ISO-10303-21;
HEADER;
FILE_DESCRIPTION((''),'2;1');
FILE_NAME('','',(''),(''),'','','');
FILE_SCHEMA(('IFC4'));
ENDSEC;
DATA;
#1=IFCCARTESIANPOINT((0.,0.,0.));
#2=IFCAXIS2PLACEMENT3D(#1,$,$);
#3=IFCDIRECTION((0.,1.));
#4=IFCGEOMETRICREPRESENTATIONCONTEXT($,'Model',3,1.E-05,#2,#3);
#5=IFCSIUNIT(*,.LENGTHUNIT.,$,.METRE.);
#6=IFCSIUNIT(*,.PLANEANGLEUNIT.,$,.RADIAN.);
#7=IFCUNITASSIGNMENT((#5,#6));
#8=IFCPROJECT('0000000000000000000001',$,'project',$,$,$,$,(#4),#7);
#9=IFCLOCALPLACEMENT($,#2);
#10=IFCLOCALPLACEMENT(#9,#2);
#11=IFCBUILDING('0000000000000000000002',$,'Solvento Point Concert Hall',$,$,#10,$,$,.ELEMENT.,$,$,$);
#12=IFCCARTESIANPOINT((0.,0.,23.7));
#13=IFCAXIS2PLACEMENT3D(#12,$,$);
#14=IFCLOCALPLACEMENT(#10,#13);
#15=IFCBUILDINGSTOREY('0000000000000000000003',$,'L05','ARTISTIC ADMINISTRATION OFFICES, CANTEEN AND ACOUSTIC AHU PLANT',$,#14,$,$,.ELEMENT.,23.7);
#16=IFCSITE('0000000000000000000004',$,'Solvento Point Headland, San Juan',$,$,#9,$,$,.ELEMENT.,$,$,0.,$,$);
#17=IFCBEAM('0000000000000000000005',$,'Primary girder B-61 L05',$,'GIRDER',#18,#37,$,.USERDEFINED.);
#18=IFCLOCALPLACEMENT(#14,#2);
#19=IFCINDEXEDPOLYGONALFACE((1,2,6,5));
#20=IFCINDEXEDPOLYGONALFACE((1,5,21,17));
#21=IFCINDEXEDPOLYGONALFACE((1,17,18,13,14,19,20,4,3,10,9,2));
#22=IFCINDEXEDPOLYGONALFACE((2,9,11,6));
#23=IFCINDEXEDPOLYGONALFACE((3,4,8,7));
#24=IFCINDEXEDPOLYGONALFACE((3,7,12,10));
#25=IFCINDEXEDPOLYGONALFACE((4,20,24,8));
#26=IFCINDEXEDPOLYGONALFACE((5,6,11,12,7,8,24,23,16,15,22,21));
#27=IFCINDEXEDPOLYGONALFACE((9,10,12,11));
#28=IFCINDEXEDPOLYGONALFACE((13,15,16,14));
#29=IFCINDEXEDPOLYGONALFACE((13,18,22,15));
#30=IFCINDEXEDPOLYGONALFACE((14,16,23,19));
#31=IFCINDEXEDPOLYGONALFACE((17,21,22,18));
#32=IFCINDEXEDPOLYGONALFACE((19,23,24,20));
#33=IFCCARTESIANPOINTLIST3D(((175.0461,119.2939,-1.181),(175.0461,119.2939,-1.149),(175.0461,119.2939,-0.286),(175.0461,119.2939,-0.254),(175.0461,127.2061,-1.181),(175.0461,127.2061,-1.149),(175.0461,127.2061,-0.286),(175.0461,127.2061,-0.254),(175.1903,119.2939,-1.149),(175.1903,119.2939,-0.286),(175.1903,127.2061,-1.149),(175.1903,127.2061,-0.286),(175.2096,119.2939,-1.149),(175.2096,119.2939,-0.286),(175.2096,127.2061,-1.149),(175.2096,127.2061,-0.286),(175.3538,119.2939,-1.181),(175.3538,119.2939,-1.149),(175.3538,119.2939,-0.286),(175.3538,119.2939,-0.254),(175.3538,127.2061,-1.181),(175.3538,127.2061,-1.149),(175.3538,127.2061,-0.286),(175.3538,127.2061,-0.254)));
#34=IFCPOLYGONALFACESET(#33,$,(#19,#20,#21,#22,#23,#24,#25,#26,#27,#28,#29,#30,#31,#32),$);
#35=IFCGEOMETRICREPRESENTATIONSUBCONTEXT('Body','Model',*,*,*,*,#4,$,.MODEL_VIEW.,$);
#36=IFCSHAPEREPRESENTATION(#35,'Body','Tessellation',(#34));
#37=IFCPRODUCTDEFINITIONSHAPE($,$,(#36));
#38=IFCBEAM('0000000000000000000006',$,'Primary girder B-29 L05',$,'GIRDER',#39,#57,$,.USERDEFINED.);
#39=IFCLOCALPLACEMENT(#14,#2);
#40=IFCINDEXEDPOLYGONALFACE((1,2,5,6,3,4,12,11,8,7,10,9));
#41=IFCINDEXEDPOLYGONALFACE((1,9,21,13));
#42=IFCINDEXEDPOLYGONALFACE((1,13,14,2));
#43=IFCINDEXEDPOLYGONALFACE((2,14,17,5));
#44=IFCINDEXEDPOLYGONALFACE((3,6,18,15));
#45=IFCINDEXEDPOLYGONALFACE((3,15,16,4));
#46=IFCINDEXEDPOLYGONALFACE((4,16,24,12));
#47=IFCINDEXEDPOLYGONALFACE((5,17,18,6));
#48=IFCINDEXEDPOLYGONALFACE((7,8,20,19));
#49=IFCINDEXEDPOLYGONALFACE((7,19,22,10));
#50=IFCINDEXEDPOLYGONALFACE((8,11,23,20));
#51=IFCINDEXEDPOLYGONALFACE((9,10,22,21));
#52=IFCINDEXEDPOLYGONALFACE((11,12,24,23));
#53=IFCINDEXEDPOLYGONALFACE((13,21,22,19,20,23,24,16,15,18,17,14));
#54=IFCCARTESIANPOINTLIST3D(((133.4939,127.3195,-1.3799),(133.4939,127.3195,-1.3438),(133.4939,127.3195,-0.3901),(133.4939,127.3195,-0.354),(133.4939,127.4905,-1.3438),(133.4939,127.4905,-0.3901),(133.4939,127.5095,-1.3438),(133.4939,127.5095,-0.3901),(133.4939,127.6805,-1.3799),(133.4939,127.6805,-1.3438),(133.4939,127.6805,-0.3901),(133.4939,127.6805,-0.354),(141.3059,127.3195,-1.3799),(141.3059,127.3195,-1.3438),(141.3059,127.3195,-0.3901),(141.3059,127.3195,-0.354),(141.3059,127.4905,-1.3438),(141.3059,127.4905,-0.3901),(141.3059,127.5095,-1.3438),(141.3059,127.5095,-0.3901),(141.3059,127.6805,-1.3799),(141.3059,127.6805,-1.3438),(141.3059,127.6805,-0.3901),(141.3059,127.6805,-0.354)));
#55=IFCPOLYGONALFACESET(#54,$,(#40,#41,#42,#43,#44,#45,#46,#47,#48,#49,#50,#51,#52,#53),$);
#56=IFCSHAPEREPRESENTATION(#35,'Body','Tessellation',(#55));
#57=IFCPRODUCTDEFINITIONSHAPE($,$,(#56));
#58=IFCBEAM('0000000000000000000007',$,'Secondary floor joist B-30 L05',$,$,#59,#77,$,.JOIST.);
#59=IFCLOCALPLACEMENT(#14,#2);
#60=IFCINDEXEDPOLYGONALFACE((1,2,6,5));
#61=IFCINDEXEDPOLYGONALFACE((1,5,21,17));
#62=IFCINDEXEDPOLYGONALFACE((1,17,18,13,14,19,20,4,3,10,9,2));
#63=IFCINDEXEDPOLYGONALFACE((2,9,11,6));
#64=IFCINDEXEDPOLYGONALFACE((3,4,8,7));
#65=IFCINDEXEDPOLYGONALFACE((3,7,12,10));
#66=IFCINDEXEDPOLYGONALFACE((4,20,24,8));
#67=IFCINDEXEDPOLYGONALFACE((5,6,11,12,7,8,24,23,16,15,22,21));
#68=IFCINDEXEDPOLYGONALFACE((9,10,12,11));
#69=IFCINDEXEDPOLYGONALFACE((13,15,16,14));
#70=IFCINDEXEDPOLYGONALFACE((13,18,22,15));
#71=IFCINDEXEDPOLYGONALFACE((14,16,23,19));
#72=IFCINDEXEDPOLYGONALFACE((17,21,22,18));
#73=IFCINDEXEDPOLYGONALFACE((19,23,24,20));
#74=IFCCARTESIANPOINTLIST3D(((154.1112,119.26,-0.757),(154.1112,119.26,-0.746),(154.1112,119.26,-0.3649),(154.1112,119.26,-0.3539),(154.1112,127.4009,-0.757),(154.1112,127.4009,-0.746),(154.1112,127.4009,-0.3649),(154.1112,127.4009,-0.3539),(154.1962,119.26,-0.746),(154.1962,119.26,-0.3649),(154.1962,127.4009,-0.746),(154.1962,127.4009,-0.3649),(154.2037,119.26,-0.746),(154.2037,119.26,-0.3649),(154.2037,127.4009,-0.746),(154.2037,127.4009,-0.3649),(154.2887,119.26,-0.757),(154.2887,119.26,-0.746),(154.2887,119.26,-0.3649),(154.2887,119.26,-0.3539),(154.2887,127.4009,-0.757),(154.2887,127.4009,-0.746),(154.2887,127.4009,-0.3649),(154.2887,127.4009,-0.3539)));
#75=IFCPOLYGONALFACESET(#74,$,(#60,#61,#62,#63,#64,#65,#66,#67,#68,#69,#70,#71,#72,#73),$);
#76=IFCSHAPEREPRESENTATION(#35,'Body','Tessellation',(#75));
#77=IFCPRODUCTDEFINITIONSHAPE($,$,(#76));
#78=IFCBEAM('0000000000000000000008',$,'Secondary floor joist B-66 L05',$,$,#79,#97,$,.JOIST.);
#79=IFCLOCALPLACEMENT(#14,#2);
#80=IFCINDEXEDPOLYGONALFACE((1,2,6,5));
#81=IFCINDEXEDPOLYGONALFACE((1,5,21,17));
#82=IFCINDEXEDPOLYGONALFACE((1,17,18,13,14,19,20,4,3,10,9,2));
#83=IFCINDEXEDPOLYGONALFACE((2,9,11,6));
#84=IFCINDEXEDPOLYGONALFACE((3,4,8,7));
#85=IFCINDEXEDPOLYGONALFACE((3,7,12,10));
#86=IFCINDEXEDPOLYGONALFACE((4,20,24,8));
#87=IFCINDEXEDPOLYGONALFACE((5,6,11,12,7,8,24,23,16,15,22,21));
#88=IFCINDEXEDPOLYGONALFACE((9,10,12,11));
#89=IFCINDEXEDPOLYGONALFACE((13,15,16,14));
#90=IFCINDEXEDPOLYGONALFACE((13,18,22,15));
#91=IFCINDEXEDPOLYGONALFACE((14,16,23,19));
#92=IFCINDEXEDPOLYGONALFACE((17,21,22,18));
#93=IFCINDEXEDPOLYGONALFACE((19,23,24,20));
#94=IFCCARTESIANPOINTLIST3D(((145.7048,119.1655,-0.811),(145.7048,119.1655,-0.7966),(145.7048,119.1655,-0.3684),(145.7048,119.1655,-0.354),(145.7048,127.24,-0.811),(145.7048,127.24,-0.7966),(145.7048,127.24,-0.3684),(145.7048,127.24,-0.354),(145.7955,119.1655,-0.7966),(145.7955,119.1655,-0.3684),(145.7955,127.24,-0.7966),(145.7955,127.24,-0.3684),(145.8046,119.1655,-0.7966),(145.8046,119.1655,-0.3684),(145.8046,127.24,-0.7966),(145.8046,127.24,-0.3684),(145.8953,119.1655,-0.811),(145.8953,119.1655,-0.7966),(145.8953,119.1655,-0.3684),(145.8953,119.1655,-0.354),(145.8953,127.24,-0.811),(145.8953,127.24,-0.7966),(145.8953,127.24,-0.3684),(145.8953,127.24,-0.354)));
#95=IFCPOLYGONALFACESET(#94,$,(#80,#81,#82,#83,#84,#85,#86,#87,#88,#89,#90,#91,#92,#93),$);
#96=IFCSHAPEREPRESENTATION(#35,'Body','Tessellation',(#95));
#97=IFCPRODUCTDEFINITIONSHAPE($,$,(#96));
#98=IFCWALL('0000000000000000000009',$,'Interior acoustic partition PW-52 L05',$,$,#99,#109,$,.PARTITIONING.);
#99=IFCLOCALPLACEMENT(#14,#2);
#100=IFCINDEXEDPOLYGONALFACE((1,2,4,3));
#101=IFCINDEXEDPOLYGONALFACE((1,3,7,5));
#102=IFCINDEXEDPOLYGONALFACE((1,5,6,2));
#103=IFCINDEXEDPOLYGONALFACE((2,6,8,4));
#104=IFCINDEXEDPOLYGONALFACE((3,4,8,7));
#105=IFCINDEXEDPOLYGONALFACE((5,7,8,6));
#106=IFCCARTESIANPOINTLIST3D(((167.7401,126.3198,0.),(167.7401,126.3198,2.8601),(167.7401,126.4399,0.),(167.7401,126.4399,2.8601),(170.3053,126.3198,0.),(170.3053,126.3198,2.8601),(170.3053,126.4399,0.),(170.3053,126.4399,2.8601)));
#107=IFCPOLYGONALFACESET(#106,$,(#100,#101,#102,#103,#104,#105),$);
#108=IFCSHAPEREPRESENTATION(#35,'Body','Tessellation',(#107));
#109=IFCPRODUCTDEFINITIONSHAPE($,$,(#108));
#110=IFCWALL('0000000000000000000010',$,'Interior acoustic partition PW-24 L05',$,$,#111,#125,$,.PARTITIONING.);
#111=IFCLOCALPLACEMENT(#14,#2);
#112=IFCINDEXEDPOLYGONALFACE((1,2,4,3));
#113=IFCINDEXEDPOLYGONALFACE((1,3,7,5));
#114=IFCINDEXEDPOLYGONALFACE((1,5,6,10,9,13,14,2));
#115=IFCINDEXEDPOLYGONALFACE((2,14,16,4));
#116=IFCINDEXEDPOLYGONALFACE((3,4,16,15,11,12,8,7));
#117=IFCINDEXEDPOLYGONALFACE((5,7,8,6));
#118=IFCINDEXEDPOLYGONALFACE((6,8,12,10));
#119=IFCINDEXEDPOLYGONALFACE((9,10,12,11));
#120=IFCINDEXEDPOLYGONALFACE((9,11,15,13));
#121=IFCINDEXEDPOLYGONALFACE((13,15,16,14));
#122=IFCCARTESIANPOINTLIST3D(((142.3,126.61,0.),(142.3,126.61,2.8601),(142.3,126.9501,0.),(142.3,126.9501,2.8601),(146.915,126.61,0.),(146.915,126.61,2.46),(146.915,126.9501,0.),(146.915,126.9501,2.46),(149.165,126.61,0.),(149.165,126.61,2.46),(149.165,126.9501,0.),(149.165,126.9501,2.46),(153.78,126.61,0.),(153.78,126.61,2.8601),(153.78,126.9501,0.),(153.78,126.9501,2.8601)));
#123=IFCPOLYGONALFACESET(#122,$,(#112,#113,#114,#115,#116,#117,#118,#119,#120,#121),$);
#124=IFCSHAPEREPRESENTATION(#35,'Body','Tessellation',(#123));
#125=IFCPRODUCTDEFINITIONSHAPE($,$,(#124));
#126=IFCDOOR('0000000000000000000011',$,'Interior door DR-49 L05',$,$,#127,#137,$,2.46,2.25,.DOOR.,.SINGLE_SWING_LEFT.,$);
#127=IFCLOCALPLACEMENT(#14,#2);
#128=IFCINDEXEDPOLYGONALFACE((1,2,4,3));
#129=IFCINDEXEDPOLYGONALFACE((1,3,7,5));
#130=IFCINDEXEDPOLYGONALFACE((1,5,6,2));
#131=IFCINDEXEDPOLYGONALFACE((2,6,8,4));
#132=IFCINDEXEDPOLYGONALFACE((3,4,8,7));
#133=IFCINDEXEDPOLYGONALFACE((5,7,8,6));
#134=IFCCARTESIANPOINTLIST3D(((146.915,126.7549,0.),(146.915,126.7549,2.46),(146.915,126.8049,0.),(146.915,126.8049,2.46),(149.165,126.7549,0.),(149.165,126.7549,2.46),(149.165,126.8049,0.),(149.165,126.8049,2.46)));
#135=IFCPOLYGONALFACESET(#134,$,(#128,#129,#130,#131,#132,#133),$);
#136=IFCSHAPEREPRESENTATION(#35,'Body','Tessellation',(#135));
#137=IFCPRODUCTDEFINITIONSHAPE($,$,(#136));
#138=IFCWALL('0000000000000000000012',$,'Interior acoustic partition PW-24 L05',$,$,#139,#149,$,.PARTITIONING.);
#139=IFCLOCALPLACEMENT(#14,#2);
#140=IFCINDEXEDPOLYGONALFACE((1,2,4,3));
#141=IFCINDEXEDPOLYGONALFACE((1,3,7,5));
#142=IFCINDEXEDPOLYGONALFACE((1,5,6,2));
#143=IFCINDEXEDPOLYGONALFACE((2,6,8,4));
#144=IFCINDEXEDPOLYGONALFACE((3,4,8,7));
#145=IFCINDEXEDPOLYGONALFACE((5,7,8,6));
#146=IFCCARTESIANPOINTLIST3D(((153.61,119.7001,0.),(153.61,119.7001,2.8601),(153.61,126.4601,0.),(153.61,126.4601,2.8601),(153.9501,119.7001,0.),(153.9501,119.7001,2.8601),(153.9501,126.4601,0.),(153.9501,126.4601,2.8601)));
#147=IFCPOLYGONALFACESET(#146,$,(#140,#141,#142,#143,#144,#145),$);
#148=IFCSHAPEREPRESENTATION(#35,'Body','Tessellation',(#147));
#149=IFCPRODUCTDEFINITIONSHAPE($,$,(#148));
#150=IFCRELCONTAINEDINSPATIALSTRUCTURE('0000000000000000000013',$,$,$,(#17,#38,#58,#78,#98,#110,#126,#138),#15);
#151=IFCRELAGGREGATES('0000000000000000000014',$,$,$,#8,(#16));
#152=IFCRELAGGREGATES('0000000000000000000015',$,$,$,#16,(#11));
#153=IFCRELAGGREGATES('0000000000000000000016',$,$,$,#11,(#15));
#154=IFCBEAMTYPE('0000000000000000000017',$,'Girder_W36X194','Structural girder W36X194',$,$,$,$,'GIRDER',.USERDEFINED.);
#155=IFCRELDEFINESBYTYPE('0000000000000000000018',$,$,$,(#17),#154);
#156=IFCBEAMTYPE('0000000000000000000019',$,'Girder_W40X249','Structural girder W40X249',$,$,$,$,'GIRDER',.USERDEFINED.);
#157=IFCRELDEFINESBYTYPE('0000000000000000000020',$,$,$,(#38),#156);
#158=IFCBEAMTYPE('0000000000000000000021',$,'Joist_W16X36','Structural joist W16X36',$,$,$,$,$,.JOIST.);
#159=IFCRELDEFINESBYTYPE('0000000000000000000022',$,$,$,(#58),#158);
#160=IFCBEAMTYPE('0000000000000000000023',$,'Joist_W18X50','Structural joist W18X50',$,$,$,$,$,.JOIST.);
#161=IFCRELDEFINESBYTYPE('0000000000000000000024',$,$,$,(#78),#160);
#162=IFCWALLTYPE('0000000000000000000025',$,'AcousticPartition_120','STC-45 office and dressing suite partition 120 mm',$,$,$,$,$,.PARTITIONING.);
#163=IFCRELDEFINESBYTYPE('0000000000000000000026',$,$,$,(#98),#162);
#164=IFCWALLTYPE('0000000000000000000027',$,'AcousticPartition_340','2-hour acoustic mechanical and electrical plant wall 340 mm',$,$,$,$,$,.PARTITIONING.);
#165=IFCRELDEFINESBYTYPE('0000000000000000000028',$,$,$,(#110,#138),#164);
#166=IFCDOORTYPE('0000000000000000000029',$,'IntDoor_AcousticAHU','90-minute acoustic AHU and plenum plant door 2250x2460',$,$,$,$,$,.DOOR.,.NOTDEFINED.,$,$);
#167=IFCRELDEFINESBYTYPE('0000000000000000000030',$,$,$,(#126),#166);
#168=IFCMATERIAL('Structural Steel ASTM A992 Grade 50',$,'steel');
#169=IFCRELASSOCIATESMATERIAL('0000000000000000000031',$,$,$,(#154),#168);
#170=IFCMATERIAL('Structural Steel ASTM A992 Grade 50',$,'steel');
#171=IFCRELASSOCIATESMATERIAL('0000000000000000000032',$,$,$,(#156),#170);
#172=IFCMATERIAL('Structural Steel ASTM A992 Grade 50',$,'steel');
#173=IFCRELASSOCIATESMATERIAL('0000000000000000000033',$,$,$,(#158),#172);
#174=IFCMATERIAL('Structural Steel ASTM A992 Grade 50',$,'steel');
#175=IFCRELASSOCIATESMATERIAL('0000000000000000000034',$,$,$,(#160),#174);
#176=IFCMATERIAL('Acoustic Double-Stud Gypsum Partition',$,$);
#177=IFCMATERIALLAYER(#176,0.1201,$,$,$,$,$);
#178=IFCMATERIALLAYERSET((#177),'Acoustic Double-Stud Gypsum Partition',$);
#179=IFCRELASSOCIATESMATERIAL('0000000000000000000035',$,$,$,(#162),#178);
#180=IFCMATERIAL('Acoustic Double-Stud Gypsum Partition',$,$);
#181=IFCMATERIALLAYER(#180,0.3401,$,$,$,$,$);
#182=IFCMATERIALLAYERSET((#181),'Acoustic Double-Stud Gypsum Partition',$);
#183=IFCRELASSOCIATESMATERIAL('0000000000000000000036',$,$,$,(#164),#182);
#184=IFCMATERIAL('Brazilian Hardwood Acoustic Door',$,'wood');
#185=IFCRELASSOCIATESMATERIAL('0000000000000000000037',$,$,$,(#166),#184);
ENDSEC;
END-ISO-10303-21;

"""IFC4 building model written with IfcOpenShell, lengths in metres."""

from ifc_helpers import new_model, si_unit, direction, frame, frame_2d, origin, origin_2d, place, context, subcontext, project, spatial, rectangle, i_section, extrude, material, layer, layer_set, material_profile, profile_set, type_object, element, fill, save


model = new_model("IFC4")

# Units and contexts
model_context = context("Model", 3, precision=1e-05, world=origin(), true_north=direction((0.0, 1.0)))
body_context = subcontext(model_context, "Body", "Model", "MODEL_VIEW")
ifc_project = project(units=[si_unit("LENGTHUNIT", "METRE"), si_unit("PLANEANGLEUNIT", "RADIAN")], contexts=[model_context])

# Site, building, storey
site_placement = place(None, origin())
site = spatial("IfcSite", under=ifc_project, at=site_placement, Name="Solvento Point Headland, San Juan", CompositionType="ELEMENT", RefElevation=0.0)
building_placement = place(site_placement, origin())
building = spatial("IfcBuilding", under=site, at=building_placement, Name="Solvento Point Concert Hall", CompositionType="ELEMENT")
storey_placement = place(building_placement, frame((0.0, 0.0, 23.7)))
storey = spatial("IfcBuildingStorey", under=building, at=storey_placement, Name="L05", Description="ARTISTIC ADMINISTRATION OFFICES, CANTEEN AND ACOUSTIC AHU PLANT", CompositionType="ELEMENT", Elevation=23.7)

# Beams
ifc_material_1 = material(Name="Structural Steel ASTM A992 Grade 50", Category="steel")
ifc_material_profile_1 = material_profile(ifc_material_1, i_section(OverallWidth=0.3076, OverallDepth=0.927, WebThickness=0.0193, FlangeThickness=0.032, at=origin_2d()), Name="W36X194")
ifc_profile_set_1 = profile_set([ifc_material_profile_1], Name="Structural Steel ASTM A992 Grade 50")
beam_type_1 = type_object("IfcBeamType", Name="Girder_W36X194", Description="Structural girder W36X194", ElementType="GIRDER", PredefinedType="USERDEFINED", material=ifc_profile_set_1)
beam_1_placement = place(storey_placement, frame((175.2, 119.2939, -0.7175), z_axis=(0.0, 1.0, 0.0), x_axis=(-1.0, 0.0, 0.0)))
element("IfcBeam", 1, at=beam_1_placement, inside=storey, type_object=beam_type_1, Name="Primary girder B-61 L05", ObjectType="GIRDER", PredefinedType="USERDEFINED", context=body_context, shape_type="SweptSolid", body=[
    extrude(i_section(OverallWidth=0.3076, OverallDepth=0.927, WebThickness=0.0193, FlangeThickness=0.032, at=origin_2d()), origin(), (0.0, 0.0, 1.0), 7.9121),
])
ifc_material_2 = material(Name="Structural Steel ASTM A992 Grade 50", Category="steel")
ifc_material_profile_2 = material_profile(ifc_material_2, i_section(OverallWidth=0.3611, OverallDepth=1.0259, WebThickness=0.019, FlangeThickness=0.0361, at=origin_2d()), Name="W40X249")
ifc_profile_set_2 = profile_set([ifc_material_profile_2], Name="Structural Steel ASTM A992 Grade 50")
beam_type_2 = type_object("IfcBeamType", Name="Girder_W40X249", Description="Structural girder W40X249", ElementType="GIRDER", PredefinedType="USERDEFINED", material=ifc_profile_set_2)
beam_2_placement = place(storey_placement, frame((133.4939, 127.5, -0.8669), z_axis=(1.0, 0.0, 0.0), x_axis=(0.0, 1.0, 0.0)))
element("IfcBeam", 2, at=beam_2_placement, inside=storey, type_object=beam_type_2, Name="Primary girder B-29 L05", ObjectType="GIRDER", PredefinedType="USERDEFINED", context=body_context, shape_type="SweptSolid", body=[
    extrude(i_section(OverallWidth=0.3611, OverallDepth=1.0259, WebThickness=0.019, FlangeThickness=0.0361, at=origin_2d()), origin(), (0.0, 0.0, 1.0), 7.812),
])
ifc_material_3 = material(Name="Structural Steel ASTM A992 Grade 50", Category="steel")
ifc_material_profile_3 = material_profile(ifc_material_3, i_section(OverallWidth=0.1775, OverallDepth=0.4031, WebThickness=0.0076, FlangeThickness=0.011, at=origin_2d()), Name="W16X36")
ifc_profile_set_3 = profile_set([ifc_material_profile_3], Name="Structural Steel ASTM A992 Grade 50")
beam_type_3 = type_object("IfcBeamType", Name="Joist_W16X36", Description="Structural joist W16X36", PredefinedType="JOIST", material=ifc_profile_set_3)
beam_3_placement = place(storey_placement, frame((154.2, 119.26, -0.5554), z_axis=(0.0, 1.0, 0.0), x_axis=(-1.0, 0.0, 0.0)))
element("IfcBeam", 3, at=beam_3_placement, inside=storey, type_object=beam_type_3, Name="Secondary floor joist B-30 L05", PredefinedType="JOIST", context=body_context, shape_type="SweptSolid", body=[
    extrude(i_section(OverallWidth=0.1775, OverallDepth=0.4031, WebThickness=0.0076, FlangeThickness=0.011, at=origin_2d()), origin(), (0.0, 0.0, 1.0), 8.1409),
])
ifc_material_4 = material(Name="Structural Steel ASTM A992 Grade 50", Category="steel")
ifc_material_profile_4 = material_profile(ifc_material_4, i_section(OverallWidth=0.1904, OverallDepth=0.457, WebThickness=0.009, FlangeThickness=0.0144, at=origin_2d()), Name="W18X50")
ifc_profile_set_4 = profile_set([ifc_material_profile_4], Name="Structural Steel ASTM A992 Grade 50")
beam_type_4 = type_object("IfcBeamType", Name="Joist_W18X50", Description="Structural joist W18X50", PredefinedType="JOIST", material=ifc_profile_set_4)
beam_4_placement = place(storey_placement, frame((145.8, 119.1655, -0.5825), z_axis=(0.0, 1.0, 0.0), x_axis=(-1.0, 0.0, 0.0)))
element("IfcBeam", 4, at=beam_4_placement, inside=storey, type_object=beam_type_4, Name="Secondary floor joist B-66 L05", PredefinedType="JOIST", context=body_context, shape_type="SweptSolid", body=[
    extrude(i_section(OverallWidth=0.1904, OverallDepth=0.457, WebThickness=0.009, FlangeThickness=0.0144, at=origin_2d()), origin(), (0.0, 0.0, 1.0), 8.0745),
])

# Wall
ifc_material_5 = material(Name="Acoustic Double-Stud Gypsum Partition")
ifc_layer_1 = layer(ifc_material_5, 0.1201)
ifc_layer_set_1 = layer_set([ifc_layer_1], Name="Acoustic Double-Stud Gypsum Partition")
wall_type_1 = type_object("IfcWallType", Name="AcousticPartition_120", Description="STC-45 office and dressing suite partition 120 mm", PredefinedType="PARTITIONING", material=ifc_layer_set_1)
wall_1_placement = place(storey_placement, frame((167.74, 126.3799, 0.0), z_axis=(0.0, 0.0, 1.0), x_axis=(1.0, 0.0, 0.0)))
element("IfcWall", 5, at=wall_1_placement, inside=storey, type_object=wall_type_1, Name="Interior acoustic partition PW-52 L05", PredefinedType="PARTITIONING", context=body_context, shape_type="SweptSolid", body=[
    extrude(rectangle(XDim=2.5652, YDim=0.1201, at=frame_2d((1.2827, 0.0))), origin(), (0.0, 0.0, 1.0), 2.8601),
])

# Wall, opening, door
ifc_material_6 = material(Name="Acoustic Double-Stud Gypsum Partition")
ifc_layer_2 = layer(ifc_material_6, 0.3401)
ifc_layer_set_2 = layer_set([ifc_layer_2], Name="Acoustic Double-Stud Gypsum Partition")
wall_type_2 = type_object("IfcWallType", Name="AcousticPartition_340", Description="2-hour acoustic mechanical and electrical plant wall 340 mm", PredefinedType="PARTITIONING", material=ifc_layer_set_2)
wall_2_placement = place(storey_placement, frame((142.3, 126.78, 0.0), z_axis=(0.0, 0.0, 1.0), x_axis=(1.0, 0.0, 0.0)))
wall_2 = element("IfcWall", 6, at=wall_2_placement, inside=storey, type_object=wall_type_2, Name="Interior acoustic partition PW-24 L05", PredefinedType="PARTITIONING", context=body_context, shape_type="SweptSolid", body=[
    extrude(rectangle(XDim=11.48, YDim=0.3401, at=frame_2d((5.74, 0.0))), origin(), (0.0, 0.0, 1.0), 2.8601),
])
opening_1_placement = place(wall_2_placement, frame((4.615, 0.0, 0.0)))
opening_1 = element("IfcOpeningElement", 7, at=opening_1_placement, cuts=wall_2, PredefinedType="OPENING", context=body_context, shape_type="SweptSolid", body=[
    extrude(rectangle(XDim=2.25, YDim=2.46, at=frame_2d((1.125, 1.23))), frame((0.0, 0.1799, 0.0), z_axis=(0.0, -1.0, 0.0), x_axis=(1.0, 0.0, 0.0)), (0.0, 0.0, 1.0), 0.3601),
])
ifc_material_7 = material(Name="Brazilian Hardwood Acoustic Door", Category="wood")
door_type_1 = type_object("IfcDoorType", Name="IntDoor_AcousticAHU", Description="90-minute acoustic AHU and plenum plant door 2250x2460", OperationType="NOTDEFINED", PredefinedType="DOOR", material=ifc_material_7)
door_1_placement = place(opening_1_placement, origin())
door_1 = element("IfcDoor", 8, at=door_1_placement, inside=storey, type_object=door_type_1, Name="Interior door DR-49 L05", OperationType="SINGLE_SWING_LEFT", OverallHeight=2.46, OverallWidth=2.25, PredefinedType="DOOR", context=body_context, shape_type="SweptSolid", body=[
    extrude(rectangle(XDim=2.25, YDim=2.46, at=frame_2d((1.125, 1.23))), frame((0.0, 0.0249, 0.0), z_axis=(0.0, -1.0, 0.0), x_axis=(1.0, 0.0, 0.0)), (0.0, 0.0, 1.0), 0.05),
])
fill(opening_1, door_1)

# Wall
wall_3_placement = place(storey_placement, frame((153.78, 126.46, 0.0), z_axis=(0.0, 0.0, 1.0), x_axis=(0.0, -1.0, 0.0)))
element("IfcWall", 9, at=wall_3_placement, inside=storey, type_object=wall_type_2, Name="Interior acoustic partition PW-24 L05", PredefinedType="PARTITIONING", context=body_context, shape_type="SweptSolid", body=[
    extrude(rectangle(XDim=6.76, YDim=0.3401, at=frame_2d((3.3799, 0.0))), origin(), (0.0, 0.0, 1.0), 2.8601),
])

save(model, "model.ifc")
